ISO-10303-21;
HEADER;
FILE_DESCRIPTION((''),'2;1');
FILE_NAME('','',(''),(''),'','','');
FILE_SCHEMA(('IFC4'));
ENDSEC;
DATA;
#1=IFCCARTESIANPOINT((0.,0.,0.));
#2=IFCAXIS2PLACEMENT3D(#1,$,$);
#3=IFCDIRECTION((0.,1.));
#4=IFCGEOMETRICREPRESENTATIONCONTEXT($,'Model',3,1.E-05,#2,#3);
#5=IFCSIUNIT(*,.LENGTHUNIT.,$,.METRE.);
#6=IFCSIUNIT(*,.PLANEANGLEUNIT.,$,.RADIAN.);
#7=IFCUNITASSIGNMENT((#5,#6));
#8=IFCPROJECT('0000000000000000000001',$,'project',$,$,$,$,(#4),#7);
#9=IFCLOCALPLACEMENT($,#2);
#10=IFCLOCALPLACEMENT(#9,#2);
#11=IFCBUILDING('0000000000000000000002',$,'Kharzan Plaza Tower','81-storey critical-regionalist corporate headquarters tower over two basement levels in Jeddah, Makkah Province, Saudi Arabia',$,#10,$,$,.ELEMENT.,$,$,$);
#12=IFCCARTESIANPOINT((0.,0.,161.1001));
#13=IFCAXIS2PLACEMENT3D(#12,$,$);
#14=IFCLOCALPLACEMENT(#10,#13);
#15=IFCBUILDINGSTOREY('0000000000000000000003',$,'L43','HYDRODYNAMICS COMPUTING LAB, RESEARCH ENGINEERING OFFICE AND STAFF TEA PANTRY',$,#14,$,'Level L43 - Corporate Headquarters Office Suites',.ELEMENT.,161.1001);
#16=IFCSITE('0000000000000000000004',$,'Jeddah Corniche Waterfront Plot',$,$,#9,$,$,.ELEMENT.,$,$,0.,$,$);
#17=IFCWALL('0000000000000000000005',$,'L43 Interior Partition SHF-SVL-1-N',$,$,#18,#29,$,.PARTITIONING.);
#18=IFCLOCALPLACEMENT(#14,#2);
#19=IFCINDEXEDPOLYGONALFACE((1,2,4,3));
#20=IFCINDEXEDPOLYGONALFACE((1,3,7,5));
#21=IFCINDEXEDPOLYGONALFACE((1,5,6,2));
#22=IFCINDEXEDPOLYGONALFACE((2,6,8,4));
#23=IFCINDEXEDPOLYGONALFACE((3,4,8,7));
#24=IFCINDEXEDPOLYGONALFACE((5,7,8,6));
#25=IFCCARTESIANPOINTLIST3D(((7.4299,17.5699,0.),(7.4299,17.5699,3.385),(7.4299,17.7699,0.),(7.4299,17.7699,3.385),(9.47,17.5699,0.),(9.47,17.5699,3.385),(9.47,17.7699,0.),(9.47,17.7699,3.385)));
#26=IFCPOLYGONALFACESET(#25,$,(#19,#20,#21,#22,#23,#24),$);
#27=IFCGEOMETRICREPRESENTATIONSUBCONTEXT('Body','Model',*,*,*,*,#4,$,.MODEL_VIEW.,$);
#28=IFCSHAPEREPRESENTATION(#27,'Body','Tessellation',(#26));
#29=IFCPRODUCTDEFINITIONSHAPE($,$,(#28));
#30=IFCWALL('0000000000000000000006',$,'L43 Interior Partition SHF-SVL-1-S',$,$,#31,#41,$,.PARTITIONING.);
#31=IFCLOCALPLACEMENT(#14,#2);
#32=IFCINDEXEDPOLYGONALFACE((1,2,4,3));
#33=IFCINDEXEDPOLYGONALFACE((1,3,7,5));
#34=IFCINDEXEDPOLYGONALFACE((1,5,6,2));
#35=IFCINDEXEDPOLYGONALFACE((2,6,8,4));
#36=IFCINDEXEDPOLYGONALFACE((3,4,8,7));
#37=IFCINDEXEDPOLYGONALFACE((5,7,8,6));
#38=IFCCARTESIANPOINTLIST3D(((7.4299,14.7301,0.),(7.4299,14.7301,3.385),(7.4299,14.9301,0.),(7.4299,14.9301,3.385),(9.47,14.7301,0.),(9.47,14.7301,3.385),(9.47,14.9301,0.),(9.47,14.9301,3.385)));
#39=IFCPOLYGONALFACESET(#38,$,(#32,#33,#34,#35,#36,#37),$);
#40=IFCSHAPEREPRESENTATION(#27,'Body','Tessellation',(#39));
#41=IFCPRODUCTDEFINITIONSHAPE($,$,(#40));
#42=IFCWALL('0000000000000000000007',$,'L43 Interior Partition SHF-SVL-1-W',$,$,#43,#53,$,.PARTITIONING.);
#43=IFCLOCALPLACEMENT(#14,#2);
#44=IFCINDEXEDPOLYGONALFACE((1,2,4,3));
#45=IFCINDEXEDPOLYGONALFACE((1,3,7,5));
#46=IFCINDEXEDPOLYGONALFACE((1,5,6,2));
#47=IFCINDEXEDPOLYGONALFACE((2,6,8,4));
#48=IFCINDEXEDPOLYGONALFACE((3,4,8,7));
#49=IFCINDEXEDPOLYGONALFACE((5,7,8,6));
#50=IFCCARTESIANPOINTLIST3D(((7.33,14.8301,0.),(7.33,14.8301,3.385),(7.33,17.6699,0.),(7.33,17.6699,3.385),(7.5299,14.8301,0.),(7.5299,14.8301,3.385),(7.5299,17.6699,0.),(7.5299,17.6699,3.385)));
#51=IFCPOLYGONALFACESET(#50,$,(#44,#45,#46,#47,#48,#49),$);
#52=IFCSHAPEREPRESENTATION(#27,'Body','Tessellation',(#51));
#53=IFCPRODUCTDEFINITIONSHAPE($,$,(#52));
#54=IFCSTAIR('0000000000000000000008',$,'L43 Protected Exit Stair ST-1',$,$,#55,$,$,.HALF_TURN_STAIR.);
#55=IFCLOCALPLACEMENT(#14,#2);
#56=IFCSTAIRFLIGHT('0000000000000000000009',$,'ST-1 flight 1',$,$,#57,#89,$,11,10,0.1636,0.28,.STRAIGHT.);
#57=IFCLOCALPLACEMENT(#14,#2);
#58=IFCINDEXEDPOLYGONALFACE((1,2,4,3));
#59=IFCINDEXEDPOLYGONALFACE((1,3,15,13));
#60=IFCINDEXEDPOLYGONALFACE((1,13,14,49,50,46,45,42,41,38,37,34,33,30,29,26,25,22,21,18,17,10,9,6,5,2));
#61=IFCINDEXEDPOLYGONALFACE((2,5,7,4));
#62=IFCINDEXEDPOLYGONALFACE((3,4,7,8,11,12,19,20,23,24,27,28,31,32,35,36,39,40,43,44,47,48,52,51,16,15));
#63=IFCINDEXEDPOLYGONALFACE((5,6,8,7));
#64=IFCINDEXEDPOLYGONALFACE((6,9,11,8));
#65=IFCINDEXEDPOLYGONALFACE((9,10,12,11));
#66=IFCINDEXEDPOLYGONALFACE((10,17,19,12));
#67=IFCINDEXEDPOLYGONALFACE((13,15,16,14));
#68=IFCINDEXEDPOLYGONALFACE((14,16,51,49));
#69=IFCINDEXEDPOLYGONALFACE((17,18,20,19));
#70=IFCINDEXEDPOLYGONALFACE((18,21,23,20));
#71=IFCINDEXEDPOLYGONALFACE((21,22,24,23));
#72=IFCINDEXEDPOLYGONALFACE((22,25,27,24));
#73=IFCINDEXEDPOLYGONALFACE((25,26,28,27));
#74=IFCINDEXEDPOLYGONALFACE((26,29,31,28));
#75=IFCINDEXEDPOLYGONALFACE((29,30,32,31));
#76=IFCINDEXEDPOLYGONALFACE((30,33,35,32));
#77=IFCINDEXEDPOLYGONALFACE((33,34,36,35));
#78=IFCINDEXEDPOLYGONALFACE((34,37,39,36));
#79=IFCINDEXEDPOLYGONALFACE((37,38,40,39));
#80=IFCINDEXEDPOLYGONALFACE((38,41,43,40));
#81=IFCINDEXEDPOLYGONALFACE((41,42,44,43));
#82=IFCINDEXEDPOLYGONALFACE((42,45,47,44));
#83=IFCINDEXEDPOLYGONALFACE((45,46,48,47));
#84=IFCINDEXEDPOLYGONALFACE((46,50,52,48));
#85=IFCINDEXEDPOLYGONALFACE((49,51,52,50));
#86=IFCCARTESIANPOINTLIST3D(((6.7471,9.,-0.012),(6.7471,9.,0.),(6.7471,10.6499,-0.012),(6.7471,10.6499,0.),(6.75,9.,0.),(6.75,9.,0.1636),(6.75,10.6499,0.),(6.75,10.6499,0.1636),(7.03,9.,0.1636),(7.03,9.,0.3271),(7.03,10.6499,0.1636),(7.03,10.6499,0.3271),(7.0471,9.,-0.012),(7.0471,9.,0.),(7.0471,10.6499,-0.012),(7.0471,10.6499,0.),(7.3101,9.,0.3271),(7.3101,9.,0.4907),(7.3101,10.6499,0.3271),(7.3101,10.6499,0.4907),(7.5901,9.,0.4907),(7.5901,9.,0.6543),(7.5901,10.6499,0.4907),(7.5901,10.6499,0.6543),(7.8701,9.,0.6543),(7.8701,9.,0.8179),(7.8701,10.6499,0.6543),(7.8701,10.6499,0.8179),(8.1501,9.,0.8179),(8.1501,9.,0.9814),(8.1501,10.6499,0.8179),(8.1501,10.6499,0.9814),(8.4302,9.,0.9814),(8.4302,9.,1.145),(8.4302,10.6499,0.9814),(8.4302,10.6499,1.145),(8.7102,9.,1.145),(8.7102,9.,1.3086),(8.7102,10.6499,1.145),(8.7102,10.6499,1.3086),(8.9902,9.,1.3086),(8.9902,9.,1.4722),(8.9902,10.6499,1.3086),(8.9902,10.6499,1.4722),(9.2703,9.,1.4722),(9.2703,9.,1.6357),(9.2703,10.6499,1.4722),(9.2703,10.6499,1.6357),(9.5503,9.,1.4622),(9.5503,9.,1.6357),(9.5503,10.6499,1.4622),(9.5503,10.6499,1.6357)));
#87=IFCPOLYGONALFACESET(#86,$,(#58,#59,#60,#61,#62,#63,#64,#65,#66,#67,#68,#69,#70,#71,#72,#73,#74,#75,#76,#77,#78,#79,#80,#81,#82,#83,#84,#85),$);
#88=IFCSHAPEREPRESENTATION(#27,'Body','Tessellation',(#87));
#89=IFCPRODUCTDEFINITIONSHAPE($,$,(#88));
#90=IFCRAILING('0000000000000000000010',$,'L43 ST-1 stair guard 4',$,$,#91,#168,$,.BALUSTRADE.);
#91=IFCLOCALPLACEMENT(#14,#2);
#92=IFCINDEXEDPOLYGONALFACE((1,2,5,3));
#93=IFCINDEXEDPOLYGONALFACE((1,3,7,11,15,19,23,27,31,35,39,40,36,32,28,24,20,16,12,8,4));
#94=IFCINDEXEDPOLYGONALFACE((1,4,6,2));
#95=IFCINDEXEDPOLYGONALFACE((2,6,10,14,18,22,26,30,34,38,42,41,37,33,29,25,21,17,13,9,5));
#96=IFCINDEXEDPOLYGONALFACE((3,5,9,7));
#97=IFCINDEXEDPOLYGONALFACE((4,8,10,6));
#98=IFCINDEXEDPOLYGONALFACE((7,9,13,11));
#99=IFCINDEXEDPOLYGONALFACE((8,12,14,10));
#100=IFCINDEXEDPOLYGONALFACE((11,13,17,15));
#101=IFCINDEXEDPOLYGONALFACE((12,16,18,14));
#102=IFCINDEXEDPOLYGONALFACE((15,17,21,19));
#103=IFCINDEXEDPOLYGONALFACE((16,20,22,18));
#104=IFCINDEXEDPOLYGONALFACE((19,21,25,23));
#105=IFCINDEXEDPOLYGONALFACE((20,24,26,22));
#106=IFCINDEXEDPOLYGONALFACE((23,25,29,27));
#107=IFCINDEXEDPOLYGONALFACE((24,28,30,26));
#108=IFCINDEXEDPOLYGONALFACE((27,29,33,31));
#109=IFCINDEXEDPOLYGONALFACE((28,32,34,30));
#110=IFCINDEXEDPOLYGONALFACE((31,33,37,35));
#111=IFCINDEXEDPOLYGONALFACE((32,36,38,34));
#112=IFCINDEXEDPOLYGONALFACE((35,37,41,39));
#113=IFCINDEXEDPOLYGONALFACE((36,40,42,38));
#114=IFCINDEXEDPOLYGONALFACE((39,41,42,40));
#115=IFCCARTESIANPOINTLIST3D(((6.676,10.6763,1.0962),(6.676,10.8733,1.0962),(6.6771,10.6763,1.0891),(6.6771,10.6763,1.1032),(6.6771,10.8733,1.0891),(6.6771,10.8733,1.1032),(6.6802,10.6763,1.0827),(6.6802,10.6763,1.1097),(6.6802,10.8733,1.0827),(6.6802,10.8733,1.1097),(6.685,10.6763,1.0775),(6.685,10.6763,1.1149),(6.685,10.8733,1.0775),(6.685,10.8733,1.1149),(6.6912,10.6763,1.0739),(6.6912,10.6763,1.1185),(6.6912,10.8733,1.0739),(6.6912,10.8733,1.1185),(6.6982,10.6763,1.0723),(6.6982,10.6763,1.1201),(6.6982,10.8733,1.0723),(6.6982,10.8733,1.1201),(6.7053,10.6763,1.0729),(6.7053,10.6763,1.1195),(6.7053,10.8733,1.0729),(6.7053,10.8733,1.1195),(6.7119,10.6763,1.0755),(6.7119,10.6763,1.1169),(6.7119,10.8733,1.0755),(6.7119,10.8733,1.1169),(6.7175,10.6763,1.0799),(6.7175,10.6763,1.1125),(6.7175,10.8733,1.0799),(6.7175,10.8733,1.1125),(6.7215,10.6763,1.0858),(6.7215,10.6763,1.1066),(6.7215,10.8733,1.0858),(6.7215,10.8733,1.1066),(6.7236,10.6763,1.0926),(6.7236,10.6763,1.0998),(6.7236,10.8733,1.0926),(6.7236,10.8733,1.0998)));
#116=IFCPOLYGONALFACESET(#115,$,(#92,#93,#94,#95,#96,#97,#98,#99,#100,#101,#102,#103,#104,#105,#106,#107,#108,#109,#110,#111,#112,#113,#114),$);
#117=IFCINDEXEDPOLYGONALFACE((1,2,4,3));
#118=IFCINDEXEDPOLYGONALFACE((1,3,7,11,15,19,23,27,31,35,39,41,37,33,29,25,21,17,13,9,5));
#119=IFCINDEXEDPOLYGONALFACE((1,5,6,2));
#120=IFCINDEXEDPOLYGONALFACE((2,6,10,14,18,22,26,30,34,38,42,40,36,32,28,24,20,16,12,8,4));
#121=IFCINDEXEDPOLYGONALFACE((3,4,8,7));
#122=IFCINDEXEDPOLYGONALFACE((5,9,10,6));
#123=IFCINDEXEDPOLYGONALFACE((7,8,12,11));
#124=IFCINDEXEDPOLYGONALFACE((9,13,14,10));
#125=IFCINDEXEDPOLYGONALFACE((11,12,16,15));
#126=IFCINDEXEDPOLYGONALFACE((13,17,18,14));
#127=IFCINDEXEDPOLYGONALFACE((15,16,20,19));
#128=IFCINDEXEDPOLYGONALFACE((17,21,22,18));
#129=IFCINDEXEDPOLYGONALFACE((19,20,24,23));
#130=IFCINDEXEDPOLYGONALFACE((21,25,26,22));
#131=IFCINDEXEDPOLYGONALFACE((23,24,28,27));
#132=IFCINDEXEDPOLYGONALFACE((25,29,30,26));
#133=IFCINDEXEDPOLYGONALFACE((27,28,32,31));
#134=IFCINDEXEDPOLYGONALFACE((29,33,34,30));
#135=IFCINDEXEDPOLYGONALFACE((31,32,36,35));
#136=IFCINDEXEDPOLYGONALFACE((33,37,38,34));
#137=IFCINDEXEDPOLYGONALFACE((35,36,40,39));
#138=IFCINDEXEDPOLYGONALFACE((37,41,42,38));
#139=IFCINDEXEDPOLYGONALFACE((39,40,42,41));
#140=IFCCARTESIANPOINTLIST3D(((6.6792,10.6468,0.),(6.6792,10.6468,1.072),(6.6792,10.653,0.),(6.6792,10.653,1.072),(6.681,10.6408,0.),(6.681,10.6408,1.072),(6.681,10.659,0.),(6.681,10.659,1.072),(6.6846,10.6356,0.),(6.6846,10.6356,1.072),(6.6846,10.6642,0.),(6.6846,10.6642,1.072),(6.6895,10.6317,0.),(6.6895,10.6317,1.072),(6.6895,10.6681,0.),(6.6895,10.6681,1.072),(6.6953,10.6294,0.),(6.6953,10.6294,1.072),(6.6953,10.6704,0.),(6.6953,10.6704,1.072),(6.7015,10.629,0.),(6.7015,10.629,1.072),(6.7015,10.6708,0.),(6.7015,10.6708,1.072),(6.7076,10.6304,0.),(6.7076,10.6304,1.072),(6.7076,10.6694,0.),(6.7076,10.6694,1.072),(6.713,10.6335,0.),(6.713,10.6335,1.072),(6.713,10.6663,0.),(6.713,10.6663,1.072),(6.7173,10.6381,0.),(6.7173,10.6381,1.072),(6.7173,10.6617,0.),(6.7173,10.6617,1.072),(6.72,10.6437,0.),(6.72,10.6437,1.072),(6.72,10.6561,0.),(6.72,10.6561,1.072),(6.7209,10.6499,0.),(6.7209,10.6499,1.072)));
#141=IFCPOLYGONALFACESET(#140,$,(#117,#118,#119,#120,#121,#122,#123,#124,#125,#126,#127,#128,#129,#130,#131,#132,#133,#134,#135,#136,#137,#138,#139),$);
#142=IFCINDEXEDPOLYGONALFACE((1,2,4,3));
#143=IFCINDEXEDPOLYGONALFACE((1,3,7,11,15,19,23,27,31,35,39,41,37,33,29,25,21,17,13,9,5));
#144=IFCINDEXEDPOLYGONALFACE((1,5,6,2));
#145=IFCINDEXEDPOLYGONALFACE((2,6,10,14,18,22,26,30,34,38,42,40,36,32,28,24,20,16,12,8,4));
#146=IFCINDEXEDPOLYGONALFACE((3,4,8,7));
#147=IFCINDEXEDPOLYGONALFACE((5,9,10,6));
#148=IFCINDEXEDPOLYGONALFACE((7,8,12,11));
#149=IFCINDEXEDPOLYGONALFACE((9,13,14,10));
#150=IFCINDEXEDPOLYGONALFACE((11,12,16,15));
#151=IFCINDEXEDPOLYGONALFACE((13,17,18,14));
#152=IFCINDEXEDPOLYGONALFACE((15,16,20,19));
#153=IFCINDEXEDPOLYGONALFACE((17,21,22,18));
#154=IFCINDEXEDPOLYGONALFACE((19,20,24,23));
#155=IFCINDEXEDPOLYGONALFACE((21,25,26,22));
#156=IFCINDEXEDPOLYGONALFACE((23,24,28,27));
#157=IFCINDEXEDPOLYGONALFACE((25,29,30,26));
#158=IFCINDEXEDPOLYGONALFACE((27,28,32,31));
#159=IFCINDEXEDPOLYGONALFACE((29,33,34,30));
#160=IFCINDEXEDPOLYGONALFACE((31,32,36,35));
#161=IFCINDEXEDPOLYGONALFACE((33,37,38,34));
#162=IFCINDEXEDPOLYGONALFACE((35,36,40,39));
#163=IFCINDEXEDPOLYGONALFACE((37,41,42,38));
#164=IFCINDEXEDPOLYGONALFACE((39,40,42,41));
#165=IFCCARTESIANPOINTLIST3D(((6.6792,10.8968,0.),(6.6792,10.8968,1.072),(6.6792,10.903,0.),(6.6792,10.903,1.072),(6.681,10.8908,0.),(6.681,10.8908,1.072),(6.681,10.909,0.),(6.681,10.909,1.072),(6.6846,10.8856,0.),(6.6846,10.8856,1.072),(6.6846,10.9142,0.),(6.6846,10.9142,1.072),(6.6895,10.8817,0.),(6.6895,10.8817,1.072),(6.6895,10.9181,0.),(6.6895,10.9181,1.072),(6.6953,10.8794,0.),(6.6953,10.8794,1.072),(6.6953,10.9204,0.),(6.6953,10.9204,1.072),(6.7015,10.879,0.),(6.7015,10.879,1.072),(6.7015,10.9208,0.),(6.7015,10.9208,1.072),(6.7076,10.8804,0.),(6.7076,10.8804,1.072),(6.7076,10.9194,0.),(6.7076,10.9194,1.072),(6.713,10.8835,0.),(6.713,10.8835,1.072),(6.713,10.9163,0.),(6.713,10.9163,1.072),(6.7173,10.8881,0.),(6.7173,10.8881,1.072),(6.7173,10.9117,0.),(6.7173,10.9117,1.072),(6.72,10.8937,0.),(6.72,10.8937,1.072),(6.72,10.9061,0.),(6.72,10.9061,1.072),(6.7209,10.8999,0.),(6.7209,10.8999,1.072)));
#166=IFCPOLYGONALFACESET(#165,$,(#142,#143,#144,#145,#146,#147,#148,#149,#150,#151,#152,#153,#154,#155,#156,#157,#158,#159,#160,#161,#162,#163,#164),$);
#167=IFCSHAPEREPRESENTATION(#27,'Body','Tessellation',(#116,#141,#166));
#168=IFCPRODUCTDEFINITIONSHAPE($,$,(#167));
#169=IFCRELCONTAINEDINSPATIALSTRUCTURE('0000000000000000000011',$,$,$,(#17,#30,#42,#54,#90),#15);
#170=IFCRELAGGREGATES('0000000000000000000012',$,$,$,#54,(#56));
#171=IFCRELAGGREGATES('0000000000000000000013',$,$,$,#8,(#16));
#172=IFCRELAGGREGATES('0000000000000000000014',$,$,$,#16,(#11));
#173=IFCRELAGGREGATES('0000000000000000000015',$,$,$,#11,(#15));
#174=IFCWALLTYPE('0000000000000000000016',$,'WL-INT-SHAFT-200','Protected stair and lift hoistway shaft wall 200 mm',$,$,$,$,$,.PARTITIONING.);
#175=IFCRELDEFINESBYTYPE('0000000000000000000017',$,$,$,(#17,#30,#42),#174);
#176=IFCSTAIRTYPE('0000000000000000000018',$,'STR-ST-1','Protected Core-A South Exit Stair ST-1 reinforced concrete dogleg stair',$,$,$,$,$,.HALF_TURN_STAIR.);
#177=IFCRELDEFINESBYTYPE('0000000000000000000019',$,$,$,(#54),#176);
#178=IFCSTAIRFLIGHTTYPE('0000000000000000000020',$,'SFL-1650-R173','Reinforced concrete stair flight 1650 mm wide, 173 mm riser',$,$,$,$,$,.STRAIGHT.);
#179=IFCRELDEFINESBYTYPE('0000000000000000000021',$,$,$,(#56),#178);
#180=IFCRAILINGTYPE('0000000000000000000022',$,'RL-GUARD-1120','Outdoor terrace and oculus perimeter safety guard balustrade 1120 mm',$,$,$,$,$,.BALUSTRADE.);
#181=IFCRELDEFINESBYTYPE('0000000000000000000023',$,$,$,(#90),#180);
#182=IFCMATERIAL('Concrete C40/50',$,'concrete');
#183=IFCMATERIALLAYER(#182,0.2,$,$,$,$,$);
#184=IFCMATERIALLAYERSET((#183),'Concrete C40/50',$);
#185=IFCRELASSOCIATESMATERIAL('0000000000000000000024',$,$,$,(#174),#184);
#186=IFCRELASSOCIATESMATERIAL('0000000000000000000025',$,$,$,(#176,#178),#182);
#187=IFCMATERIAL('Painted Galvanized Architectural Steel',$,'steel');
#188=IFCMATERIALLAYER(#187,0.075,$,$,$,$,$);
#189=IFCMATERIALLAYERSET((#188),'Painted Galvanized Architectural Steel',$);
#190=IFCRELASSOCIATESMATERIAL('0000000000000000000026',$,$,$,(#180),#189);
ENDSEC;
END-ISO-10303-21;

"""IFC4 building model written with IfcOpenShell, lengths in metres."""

from ifc_helpers import new_model, si_unit, direction, frame, frame_2d, origin, origin_2d, place, context, subcontext, project, spatial, polyline, rectangle, circle, outline, extrude, source, transform, mapped, material, layer, layer_set, type_object, element, aggregate, save


model = new_model("IFC4")

# Units and contexts
model_context = context("Model", 3, precision=1e-05, world=origin(), true_north=direction((0.0, 1.0)))
body_context = subcontext(model_context, "Body", "Model", "MODEL_VIEW")
ifc_project = project(units=[si_unit("LENGTHUNIT", "METRE"), si_unit("PLANEANGLEUNIT", "RADIAN")], contexts=[model_context])

# Site, building, storey
site_placement = place(None, origin())
site = spatial("IfcSite", under=ifc_project, at=site_placement, Name="Jeddah Corniche Waterfront Plot", CompositionType="ELEMENT", RefElevation=0.0)
building_placement = place(site_placement, origin())
building = spatial("IfcBuilding", under=site, at=building_placement, Name="Kharzan Plaza Tower", Description="81-storey critical-regionalist corporate headquarters tower over two basement levels in Jeddah, Makkah Province, Saudi Arabia", CompositionType="ELEMENT")
storey_placement = place(building_placement, frame((0.0, 0.0, 161.1001)))
storey = spatial("IfcBuildingStorey", under=building, at=storey_placement, Name="L43", Description="HYDRODYNAMICS COMPUTING LAB, RESEARCH ENGINEERING OFFICE AND STAFF TEA PANTRY", LongName="Level L43 - Corporate Headquarters Office Suites", CompositionType="ELEMENT", Elevation=161.1001)

# Shared definitions
ifc_material_1 = material(Name="Concrete C40/50", Category="concrete")

# Walls
ifc_layer_1 = layer(ifc_material_1, 0.2)
ifc_layer_set_1 = layer_set([ifc_layer_1], Name="Concrete C40/50")
wall_type_1 = type_object("IfcWallType", Name="WL-INT-SHAFT-200", Description="Protected stair and lift hoistway shaft wall 200 mm", PredefinedType="PARTITIONING", material=ifc_layer_set_1)
shared_shape_1 = source(origin(), body_context, "Body", "SweptSolid", [
    extrude(rectangle(XDim=2.04, YDim=0.2, at=frame_2d((1.02, 0.0))), origin(), (0.0, 0.0, 1.0), 3.385),
])
for number, where, z_axis, x_axis, name in (
    (1, (7.4299, 17.6699, 0.0), (0.0, 0.0, 1.0), (1.0, 0.0, 0.0), "L43 Interior Partition SHF-SVL-1-N"),
    (2, (7.4299, 14.8301, 0.0), (0.0, 0.0, 1.0), (1.0, 0.0, 0.0), "L43 Interior Partition SHF-SVL-1-S"),
):
    element("IfcWall", number, at=place(storey_placement, frame(where, z_axis=z_axis, x_axis=x_axis)), inside=storey, type_object=wall_type_1, Name=name, PredefinedType="PARTITIONING", context=body_context, shape_type="MappedRepresentation", body=[
        mapped(shared_shape_1, transform((0.0, 0.0, 0.0), x_axis=(1.0, 0.0, 0.0), y_axis=(0.0, 1.0, 0.0), z_axis=(0.0, 0.0, 1.0))),
    ])
shared_shape_2 = source(origin(), body_context, "Body", "SweptSolid", [
    extrude(rectangle(XDim=2.8398, YDim=0.2, at=frame_2d((1.4199, 0.0))), origin(), (0.0, 0.0, 1.0), 3.385),
])
wall_1_placement = place(storey_placement, frame((7.4299, 14.8301, 0.0), z_axis=(0.0, 0.0, 1.0), x_axis=(0.0, 1.0, 0.0)))
element("IfcWall", 3, at=wall_1_placement, inside=storey, type_object=wall_type_1, Name="L43 Interior Partition SHF-SVL-1-W", PredefinedType="PARTITIONING", context=body_context, shape_type="MappedRepresentation", body=[
    mapped(shared_shape_2, transform((0.0, 0.0, 0.0), x_axis=(1.0, 0.0, 0.0), y_axis=(0.0, 1.0, 0.0), z_axis=(0.0, 0.0, 1.0))),
])

# Stair, stair flight
stair_type = type_object("IfcStairType", Name="STR-ST-1", Description="Protected Core-A South Exit Stair ST-1 reinforced concrete dogleg stair", PredefinedType="HALF_TURN_STAIR", material=ifc_material_1)
stair_placement = place(storey_placement, origin())
stair = element("IfcStair", 4, at=stair_placement, inside=storey, type_object=stair_type, Name="L43 Protected Exit Stair ST-1", PredefinedType="HALF_TURN_STAIR")
stair_flight_type = type_object("IfcStairFlightType", Name="SFL-1650-R173", Description="Reinforced concrete stair flight 1650 mm wide, 173 mm riser", PredefinedType="STRAIGHT", material=ifc_material_1)
shared_shape_3 = source(origin(), body_context, "Body", "SweptSolid", [
    extrude(outline(polyline([(-0.0029, -0.012), (-0.0029, 0.0), (0.0, 0.0), (0.0, 0.1636), (0.28, 0.1636), (0.28, 0.3271), (0.5601, 0.3271), (0.5601, 0.4907), (0.8401, 0.4907), (0.8401, 0.6543), (1.1201, 0.6543), (1.1201, 0.8179), (1.4001, 0.8179), (1.4001, 0.9814), (1.6802, 0.9814), (1.6802, 1.145), (1.9602, 1.145), (1.9602, 1.3086), (2.2402, 1.3086), (2.2402, 1.4722), (2.5203, 1.4722), (2.5203, 1.6357), (2.8003, 1.6357), (2.8003, 1.7993), (2.8003, 1.4622), (0.2971, 0.0), (0.2971, -0.012), (-0.0029, -0.012)])), frame((0.0, 0.825, 0.0), z_axis=(0.0, -1.0, 0.0), x_axis=(1.0, 0.0, 0.0)), (0.0, 0.0, 1.0), 1.6499),
])
stair_flight_placement = place(storey_placement, frame((6.75, 9.825, 0.0), z_axis=(0.0, 0.0, 1.0), x_axis=(1.0, 0.0, 0.0)))
stair_flight = element("IfcStairFlight", 5, at=stair_flight_placement, type_object=stair_flight_type, Name="ST-1 flight 1", NumberOfRisers=11, NumberOfTreads=10, PredefinedType="STRAIGHT", RiserHeight=0.1636, TreadLength=0.28, context=body_context, shape_type="MappedRepresentation", body=[
    mapped(shared_shape_3, transform((0.0, 0.0, 0.0), x_axis=(1.0, 0.0, 0.0), y_axis=(0.0, 1.0, 0.0), z_axis=(0.0, 0.0, 1.0))),
])
aggregate(stair, [stair_flight])

# Railing
ifc_material_2 = material(Name="Painted Galvanized Architectural Steel", Category="steel")
ifc_layer_2 = layer(ifc_material_2, 0.075)
ifc_layer_set_2 = layer_set([ifc_layer_2], Name="Painted Galvanized Architectural Steel")
railing_type_1 = type_object("IfcRailingType", Name="RL-GUARD-1120", Description="Outdoor terrace and oculus perimeter safety guard balustrade 1120 mm", PredefinedType="BALUSTRADE", material=ifc_layer_set_2)
shared_shape_4 = source(origin(), body_context, "Body", "SweptSolid", [
    extrude(circle(Radius=0.0239, at=origin_2d()), frame((0.0, 0.0264, 1.0962), z_axis=(0.0, 1.0, 0.0), x_axis=(-1.0, 0.0, 0.0)), (0.0, 0.0, 1.0), 0.197),
    extrude(circle(Radius=0.021, at=origin_2d()), origin(), (0.0, 0.0, 1.0), 1.072),
    extrude(circle(Radius=0.021, at=origin_2d()), frame((0.0, 0.25, 0.0)), (0.0, 0.0, 1.0), 1.072),
])
railing_1_placement = place(storey_placement, frame((6.7, 10.6499, 0.0)))
element("IfcRailing", 6, at=railing_1_placement, inside=storey, type_object=railing_type_1, Name="L43 ST-1 stair guard 4", PredefinedType="BALUSTRADE", context=body_context, shape_type="MappedRepresentation", body=[
    mapped(shared_shape_4, transform((0.0, 0.0, 0.0), x_axis=(1.0, 0.0, 0.0), y_axis=(0.0, 1.0, 0.0), z_axis=(0.0, 0.0, 1.0))),
])

save(model, "model.ifc")
